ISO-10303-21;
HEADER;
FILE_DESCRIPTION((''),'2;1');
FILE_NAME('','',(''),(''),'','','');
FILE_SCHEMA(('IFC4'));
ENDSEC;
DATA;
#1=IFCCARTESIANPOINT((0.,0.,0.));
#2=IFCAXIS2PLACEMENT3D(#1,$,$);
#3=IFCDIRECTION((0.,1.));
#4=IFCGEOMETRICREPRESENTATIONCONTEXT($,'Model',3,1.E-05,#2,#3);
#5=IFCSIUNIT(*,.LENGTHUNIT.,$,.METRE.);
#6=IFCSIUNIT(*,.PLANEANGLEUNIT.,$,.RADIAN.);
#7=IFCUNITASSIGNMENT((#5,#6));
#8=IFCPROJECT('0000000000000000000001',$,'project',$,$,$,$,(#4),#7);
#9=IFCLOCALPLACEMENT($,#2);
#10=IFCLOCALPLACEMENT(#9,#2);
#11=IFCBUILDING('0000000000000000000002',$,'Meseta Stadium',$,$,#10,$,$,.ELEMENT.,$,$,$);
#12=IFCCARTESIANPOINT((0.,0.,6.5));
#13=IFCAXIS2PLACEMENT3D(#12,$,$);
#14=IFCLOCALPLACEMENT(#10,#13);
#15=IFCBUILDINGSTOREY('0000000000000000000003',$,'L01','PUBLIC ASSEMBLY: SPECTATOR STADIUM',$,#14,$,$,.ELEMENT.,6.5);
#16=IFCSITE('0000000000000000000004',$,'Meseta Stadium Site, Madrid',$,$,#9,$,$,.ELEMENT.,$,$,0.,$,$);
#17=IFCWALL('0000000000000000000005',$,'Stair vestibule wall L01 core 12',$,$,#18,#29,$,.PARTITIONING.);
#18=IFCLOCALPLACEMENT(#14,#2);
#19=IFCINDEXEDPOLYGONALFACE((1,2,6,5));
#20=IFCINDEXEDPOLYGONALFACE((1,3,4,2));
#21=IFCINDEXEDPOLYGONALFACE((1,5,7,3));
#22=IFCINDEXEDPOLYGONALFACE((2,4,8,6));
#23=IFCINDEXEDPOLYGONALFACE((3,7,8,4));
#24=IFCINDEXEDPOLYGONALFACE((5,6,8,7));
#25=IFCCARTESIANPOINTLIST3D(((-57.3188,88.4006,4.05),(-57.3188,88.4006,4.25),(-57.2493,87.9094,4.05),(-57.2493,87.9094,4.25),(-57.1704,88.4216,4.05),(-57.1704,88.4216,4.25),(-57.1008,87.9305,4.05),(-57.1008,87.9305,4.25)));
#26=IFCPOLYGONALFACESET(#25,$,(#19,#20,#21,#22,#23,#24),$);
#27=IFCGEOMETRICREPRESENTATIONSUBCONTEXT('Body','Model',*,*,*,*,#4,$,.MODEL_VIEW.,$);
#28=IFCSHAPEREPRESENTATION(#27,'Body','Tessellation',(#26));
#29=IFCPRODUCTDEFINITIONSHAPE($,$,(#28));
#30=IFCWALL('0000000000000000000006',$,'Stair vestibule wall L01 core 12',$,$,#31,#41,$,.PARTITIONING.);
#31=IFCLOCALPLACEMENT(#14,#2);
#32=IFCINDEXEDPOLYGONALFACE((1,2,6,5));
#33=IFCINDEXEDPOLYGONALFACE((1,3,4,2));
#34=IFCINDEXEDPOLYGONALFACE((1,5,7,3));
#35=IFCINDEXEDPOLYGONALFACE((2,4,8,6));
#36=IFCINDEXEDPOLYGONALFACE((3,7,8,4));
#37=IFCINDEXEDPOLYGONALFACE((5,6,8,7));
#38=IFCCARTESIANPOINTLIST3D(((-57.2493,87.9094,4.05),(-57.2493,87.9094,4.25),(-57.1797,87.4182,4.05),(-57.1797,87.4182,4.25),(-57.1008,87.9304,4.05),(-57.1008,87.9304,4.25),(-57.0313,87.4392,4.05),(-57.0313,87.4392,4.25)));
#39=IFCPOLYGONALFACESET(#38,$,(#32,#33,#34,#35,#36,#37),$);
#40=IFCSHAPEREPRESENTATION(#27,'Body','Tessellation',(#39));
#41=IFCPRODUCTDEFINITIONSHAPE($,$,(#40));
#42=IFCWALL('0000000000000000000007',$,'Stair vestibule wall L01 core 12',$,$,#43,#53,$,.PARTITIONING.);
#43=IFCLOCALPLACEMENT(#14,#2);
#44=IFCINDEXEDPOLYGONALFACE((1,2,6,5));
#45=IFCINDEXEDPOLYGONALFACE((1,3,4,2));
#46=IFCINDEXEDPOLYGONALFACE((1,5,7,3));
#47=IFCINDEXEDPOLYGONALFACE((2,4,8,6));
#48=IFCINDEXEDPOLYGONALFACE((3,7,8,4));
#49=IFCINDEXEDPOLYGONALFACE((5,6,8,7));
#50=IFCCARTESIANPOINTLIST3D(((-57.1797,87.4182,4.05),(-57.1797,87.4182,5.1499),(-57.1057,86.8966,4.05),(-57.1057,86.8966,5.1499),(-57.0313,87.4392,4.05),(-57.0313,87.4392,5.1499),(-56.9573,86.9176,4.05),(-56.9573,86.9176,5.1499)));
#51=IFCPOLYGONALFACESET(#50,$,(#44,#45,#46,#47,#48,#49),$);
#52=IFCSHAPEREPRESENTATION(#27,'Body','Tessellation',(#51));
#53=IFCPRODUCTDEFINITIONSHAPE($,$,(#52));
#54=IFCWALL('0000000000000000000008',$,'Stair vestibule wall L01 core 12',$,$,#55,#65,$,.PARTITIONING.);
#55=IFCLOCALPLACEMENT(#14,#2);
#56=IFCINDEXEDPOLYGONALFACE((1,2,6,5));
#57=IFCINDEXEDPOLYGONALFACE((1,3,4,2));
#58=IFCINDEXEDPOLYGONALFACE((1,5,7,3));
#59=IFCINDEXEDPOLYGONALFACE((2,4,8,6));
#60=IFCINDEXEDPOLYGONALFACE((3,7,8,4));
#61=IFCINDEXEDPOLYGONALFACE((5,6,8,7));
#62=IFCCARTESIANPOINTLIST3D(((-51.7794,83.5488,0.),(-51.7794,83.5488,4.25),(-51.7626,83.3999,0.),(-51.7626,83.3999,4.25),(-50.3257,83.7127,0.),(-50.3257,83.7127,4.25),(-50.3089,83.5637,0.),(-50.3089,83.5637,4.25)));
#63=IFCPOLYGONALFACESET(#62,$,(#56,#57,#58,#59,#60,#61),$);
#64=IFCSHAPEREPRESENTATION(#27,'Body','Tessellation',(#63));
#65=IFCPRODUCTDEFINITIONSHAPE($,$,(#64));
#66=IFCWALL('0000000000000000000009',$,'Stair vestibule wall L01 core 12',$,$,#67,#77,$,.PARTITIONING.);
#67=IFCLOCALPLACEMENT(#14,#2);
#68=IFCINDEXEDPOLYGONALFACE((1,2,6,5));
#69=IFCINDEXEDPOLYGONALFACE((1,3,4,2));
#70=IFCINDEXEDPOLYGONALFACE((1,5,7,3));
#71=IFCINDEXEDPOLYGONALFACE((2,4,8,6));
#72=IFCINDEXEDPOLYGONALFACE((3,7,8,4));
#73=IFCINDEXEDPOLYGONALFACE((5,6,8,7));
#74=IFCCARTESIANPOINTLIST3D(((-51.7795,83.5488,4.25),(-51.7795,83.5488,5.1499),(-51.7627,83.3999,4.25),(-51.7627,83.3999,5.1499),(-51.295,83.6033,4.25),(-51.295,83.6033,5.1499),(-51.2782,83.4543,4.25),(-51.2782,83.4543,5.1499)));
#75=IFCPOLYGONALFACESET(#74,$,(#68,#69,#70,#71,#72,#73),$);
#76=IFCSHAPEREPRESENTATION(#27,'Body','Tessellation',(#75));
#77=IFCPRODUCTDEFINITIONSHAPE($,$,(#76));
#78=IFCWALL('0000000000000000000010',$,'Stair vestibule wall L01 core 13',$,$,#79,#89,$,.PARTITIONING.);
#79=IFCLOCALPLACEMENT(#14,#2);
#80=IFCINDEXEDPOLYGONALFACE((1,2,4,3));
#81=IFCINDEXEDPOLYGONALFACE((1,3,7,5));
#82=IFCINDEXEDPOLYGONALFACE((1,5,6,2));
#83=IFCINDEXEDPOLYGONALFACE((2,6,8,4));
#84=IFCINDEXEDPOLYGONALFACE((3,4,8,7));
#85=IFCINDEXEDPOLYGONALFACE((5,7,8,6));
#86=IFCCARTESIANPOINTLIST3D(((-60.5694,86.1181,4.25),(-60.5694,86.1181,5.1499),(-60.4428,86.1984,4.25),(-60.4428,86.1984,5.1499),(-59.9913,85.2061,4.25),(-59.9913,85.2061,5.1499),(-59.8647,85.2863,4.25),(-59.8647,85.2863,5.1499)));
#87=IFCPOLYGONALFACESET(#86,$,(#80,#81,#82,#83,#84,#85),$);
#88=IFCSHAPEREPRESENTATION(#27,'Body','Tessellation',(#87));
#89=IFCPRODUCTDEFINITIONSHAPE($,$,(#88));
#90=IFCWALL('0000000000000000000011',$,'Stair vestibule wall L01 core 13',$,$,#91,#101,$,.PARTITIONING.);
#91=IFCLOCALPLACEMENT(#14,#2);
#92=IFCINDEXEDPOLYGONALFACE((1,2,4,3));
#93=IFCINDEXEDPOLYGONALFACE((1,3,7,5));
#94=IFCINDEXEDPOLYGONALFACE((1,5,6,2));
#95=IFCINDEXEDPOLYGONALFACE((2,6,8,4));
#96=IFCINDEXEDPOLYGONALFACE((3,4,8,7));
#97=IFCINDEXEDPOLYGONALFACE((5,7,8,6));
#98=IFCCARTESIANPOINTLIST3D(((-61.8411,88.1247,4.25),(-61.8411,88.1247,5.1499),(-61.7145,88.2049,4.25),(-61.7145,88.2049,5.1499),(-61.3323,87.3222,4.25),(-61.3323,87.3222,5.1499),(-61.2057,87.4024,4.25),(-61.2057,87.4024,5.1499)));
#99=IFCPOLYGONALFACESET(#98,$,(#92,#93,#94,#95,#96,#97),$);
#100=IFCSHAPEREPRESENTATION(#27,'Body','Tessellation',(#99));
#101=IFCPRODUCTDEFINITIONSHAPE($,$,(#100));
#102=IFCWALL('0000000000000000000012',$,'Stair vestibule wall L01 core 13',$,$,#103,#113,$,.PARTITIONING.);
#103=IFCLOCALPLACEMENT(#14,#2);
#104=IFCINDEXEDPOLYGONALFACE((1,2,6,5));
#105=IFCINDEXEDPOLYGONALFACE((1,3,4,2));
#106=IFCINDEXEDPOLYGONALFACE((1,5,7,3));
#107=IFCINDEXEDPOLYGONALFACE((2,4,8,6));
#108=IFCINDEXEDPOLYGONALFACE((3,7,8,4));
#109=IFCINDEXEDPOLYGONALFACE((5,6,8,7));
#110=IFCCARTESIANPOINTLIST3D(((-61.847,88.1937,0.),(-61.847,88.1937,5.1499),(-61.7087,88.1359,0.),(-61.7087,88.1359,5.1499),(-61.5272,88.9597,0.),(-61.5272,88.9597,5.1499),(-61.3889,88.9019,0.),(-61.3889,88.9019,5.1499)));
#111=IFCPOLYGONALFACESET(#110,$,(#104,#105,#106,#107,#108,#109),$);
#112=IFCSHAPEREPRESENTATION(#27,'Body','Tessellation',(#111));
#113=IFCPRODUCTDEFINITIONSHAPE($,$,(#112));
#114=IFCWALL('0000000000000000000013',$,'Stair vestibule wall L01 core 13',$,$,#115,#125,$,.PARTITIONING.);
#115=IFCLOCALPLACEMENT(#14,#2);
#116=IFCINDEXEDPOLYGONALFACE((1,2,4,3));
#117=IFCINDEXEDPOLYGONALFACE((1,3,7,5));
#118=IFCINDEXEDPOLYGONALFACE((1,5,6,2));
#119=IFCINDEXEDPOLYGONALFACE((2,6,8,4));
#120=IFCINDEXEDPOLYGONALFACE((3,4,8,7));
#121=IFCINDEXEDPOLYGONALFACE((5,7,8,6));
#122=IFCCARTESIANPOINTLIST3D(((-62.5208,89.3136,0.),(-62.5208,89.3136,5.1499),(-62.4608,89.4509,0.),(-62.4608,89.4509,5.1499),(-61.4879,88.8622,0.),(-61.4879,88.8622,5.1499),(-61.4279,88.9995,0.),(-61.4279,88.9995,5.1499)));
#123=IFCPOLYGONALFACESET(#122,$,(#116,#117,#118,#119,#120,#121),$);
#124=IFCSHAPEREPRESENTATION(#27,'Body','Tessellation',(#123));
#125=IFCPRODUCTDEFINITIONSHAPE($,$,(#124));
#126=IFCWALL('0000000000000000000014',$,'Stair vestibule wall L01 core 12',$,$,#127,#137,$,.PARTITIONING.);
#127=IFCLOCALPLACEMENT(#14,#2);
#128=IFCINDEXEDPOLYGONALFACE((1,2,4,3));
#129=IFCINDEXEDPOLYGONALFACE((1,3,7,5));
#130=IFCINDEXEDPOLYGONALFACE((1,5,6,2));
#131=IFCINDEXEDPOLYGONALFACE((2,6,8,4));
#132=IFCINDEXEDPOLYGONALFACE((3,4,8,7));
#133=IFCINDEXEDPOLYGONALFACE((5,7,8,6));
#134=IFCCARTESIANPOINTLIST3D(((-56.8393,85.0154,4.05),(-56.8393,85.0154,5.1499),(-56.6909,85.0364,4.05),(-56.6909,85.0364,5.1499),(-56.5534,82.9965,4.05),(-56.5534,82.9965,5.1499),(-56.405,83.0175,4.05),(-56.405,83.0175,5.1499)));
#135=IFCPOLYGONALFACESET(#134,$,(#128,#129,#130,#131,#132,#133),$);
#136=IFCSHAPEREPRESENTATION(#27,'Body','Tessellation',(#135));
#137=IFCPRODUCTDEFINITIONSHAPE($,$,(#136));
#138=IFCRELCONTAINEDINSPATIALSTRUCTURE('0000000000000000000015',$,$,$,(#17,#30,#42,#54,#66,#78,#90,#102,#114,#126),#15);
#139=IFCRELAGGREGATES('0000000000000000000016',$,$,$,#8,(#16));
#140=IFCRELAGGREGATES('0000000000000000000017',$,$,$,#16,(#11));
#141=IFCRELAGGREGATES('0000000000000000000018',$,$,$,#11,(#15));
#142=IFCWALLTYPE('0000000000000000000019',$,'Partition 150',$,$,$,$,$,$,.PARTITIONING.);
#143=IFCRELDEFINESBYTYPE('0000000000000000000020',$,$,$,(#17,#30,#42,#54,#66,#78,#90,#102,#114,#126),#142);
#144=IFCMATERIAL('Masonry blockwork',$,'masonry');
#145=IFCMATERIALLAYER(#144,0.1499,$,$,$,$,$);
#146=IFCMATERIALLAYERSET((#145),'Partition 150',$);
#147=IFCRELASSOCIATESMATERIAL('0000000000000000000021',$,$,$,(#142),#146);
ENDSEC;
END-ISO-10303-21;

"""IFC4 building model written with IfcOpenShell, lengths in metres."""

from ifc_helpers import new_model, si_unit, direction, frame, frame_2d, origin, place, context, subcontext, project, spatial, rectangle, extrude, material, layer, layer_set, type_object, element, save


model = new_model("IFC4")

# Units and contexts
model_context = context("Model", 3, precision=1e-05, world=origin(), true_north=direction((0.0, 1.0)))
body_context = subcontext(model_context, "Body", "Model", "MODEL_VIEW")
ifc_project = project(units=[si_unit("LENGTHUNIT", "METRE"), si_unit("PLANEANGLEUNIT", "RADIAN")], contexts=[model_context])

# Site, building, storey
site_placement = place(None, origin())
site = spatial("IfcSite", under=ifc_project, at=site_placement, Name="Meseta Stadium Site, Madrid", CompositionType="ELEMENT", RefElevation=0.0)
building_placement = place(site_placement, origin())
building = spatial("IfcBuilding", under=site, at=building_placement, Name="Meseta Stadium", CompositionType="ELEMENT")
storey_placement = place(building_placement, frame((0.0, 0.0, 6.5)))
storey = spatial("IfcBuildingStorey", under=building, at=storey_placement, Name="L01", Description="PUBLIC ASSEMBLY: SPECTATOR STADIUM", CompositionType="ELEMENT", Elevation=6.5)

# Walls
ifc_material_1 = material(Name="Masonry blockwork", Category="masonry")
ifc_layer_1 = layer(ifc_material_1, 0.1499)
ifc_layer_set_1 = layer_set([ifc_layer_1], Name="Partition 150")
wall_type_1 = type_object("IfcWallType", Name="Partition 150", PredefinedType="PARTITIONING", material=ifc_layer_set_1)
for number, where, z_axis, x_axis, name in (
    (1, (-57.2446, 88.4111, 4.05), (0.0, 0.0, 1.0), (0.14025, -0.990116, 0.0), "Stair vestibule wall L01 core 12"),
    (2, (-57.175, 87.9199, 4.05), (0.0, 0.0, 1.0), (0.14025, -0.990116, 0.0), "Stair vestibule wall L01 core 12"),
):
    element("IfcWall", number, at=place(storey_placement, frame(where, z_axis=z_axis, x_axis=x_axis)), inside=storey, type_object=wall_type_1, Name=name, PredefinedType="PARTITIONING", context=body_context, shape_type="SweptSolid", body=[
        extrude(rectangle(XDim=0.4961, YDim=0.1499, at=frame_2d((0.248, 0.0))), origin(), (0.0, 0.0, 1.0), 0.2),
    ])
wall_1_placement = place(storey_placement, frame((-57.1055, 87.4287, 4.05), z_axis=(0.0, 0.0, 1.0), x_axis=(0.140383, -0.990097, 0.0)))
element("IfcWall", 3, at=wall_1_placement, inside=storey, type_object=wall_type_1, Name="Stair vestibule wall L01 core 12", PredefinedType="PARTITIONING", context=body_context, shape_type="SweptSolid", body=[
    extrude(rectangle(XDim=0.5269, YDim=0.1499, at=frame_2d((0.2634, 0.0))), origin(), (0.0, 0.0, 1.0), 1.0999),
])
wall_2_placement = place(storey_placement, frame((-51.771, 83.4744, 0.0), z_axis=(0.0, 0.0, 1.0), x_axis=(0.99371, 0.111988, 0.0)))
element("IfcWall", 4, at=wall_2_placement, inside=storey, type_object=wall_type_1, Name="Stair vestibule wall L01 core 12", PredefinedType="PARTITIONING", context=body_context, shape_type="SweptSolid", body=[
    extrude(rectangle(XDim=1.4629, YDim=0.1499, at=frame_2d((0.7314, 0.0))), origin(), (0.0, 0.0, 1.0), 4.25),
])
wall_3_placement = place(storey_placement, frame((-51.771, 83.4744, 4.25), z_axis=(0.0, 0.0, 1.0), x_axis=(0.993749, 0.11164, 0.0)))
element("IfcWall", 5, at=wall_3_placement, inside=storey, type_object=wall_type_1, Name="Stair vestibule wall L01 core 12", PredefinedType="PARTITIONING", context=body_context, shape_type="SweptSolid", body=[
    extrude(rectangle(XDim=0.4875, YDim=0.1499, at=frame_2d((0.2437, 0.0))), origin(), (0.0, 0.0, 1.0), 0.8999),
])
wall_4_placement = place(storey_placement, frame((-59.928, 85.2461, 4.25), z_axis=(0.0, 0.0, 1.0), x_axis=(-0.535353, 0.844628, 0.0)))
element("IfcWall", 6, at=wall_4_placement, inside=storey, type_object=wall_type_1, Name="Stair vestibule wall L01 core 13", PredefinedType="PARTITIONING", context=body_context, shape_type="SweptSolid", body=[
    extrude(rectangle(XDim=1.0798, YDim=0.1499, at=frame_2d((0.54, 0.0))), origin(), (0.0, 0.0, 1.0), 0.8999),
])
wall_5_placement = place(storey_placement, frame((-61.269, 87.3623, 4.25), z_axis=(0.0, 0.0, 1.0), x_axis=(-0.535462, 0.84456, 0.0)))
element("IfcWall", 7, at=wall_5_placement, inside=storey, type_object=wall_type_1, Name="Stair vestibule wall L01 core 13", PredefinedType="PARTITIONING", context=body_context, shape_type="SweptSolid", body=[
    extrude(rectangle(XDim=0.9502, YDim=0.1499, at=frame_2d((0.4751, 0.0))), origin(), (0.0, 0.0, 1.0), 0.8999),
])
wall_6_placement = place(storey_placement, frame((-61.7778, 88.1648, 0.0), z_axis=(0.0, 0.0, 1.0), x_axis=(0.385242, 0.922816, 0.0)))
element("IfcWall", 8, at=wall_6_placement, inside=storey, type_object=wall_type_1, Name="Stair vestibule wall L01 core 13", PredefinedType="PARTITIONING", context=body_context, shape_type="SweptSolid", body=[
    extrude(rectangle(XDim=0.8301, YDim=0.1499, at=frame_2d((0.415, 0.0))), origin(), (0.0, 0.0, 1.0), 5.1499),
])
wall_7_placement = place(storey_placement, frame((-61.458, 88.9309, 0.0), z_axis=(0.0, 0.0, 1.0), x_axis=(-0.916321, 0.400444, 0.0)))
element("IfcWall", 9, at=wall_7_placement, inside=storey, type_object=wall_type_1, Name="Stair vestibule wall L01 core 13", PredefinedType="PARTITIONING", context=body_context, shape_type="SweptSolid", body=[
    extrude(rectangle(XDim=1.1272, YDim=0.1499, at=frame_2d((0.5635, 0.0))), origin(), (0.0, 0.0, 1.0), 5.1499),
])
wall_8_placement = place(storey_placement, frame((-56.7651, 85.0259, 4.05), z_axis=(0.0, 0.0, 1.0), x_axis=(0.140214, -0.990121, 0.0)))
element("IfcWall", 10, at=wall_8_placement, inside=storey, type_object=wall_type_1, Name="Stair vestibule wall L01 core 12", PredefinedType="PARTITIONING", context=body_context, shape_type="SweptSolid", body=[
    extrude(rectangle(XDim=2.0391, YDim=0.1499, at=frame_2d((1.0195, 0.0))), origin(), (0.0, 0.0, 1.0), 1.0999),
])

save(model, "model.ifc")
